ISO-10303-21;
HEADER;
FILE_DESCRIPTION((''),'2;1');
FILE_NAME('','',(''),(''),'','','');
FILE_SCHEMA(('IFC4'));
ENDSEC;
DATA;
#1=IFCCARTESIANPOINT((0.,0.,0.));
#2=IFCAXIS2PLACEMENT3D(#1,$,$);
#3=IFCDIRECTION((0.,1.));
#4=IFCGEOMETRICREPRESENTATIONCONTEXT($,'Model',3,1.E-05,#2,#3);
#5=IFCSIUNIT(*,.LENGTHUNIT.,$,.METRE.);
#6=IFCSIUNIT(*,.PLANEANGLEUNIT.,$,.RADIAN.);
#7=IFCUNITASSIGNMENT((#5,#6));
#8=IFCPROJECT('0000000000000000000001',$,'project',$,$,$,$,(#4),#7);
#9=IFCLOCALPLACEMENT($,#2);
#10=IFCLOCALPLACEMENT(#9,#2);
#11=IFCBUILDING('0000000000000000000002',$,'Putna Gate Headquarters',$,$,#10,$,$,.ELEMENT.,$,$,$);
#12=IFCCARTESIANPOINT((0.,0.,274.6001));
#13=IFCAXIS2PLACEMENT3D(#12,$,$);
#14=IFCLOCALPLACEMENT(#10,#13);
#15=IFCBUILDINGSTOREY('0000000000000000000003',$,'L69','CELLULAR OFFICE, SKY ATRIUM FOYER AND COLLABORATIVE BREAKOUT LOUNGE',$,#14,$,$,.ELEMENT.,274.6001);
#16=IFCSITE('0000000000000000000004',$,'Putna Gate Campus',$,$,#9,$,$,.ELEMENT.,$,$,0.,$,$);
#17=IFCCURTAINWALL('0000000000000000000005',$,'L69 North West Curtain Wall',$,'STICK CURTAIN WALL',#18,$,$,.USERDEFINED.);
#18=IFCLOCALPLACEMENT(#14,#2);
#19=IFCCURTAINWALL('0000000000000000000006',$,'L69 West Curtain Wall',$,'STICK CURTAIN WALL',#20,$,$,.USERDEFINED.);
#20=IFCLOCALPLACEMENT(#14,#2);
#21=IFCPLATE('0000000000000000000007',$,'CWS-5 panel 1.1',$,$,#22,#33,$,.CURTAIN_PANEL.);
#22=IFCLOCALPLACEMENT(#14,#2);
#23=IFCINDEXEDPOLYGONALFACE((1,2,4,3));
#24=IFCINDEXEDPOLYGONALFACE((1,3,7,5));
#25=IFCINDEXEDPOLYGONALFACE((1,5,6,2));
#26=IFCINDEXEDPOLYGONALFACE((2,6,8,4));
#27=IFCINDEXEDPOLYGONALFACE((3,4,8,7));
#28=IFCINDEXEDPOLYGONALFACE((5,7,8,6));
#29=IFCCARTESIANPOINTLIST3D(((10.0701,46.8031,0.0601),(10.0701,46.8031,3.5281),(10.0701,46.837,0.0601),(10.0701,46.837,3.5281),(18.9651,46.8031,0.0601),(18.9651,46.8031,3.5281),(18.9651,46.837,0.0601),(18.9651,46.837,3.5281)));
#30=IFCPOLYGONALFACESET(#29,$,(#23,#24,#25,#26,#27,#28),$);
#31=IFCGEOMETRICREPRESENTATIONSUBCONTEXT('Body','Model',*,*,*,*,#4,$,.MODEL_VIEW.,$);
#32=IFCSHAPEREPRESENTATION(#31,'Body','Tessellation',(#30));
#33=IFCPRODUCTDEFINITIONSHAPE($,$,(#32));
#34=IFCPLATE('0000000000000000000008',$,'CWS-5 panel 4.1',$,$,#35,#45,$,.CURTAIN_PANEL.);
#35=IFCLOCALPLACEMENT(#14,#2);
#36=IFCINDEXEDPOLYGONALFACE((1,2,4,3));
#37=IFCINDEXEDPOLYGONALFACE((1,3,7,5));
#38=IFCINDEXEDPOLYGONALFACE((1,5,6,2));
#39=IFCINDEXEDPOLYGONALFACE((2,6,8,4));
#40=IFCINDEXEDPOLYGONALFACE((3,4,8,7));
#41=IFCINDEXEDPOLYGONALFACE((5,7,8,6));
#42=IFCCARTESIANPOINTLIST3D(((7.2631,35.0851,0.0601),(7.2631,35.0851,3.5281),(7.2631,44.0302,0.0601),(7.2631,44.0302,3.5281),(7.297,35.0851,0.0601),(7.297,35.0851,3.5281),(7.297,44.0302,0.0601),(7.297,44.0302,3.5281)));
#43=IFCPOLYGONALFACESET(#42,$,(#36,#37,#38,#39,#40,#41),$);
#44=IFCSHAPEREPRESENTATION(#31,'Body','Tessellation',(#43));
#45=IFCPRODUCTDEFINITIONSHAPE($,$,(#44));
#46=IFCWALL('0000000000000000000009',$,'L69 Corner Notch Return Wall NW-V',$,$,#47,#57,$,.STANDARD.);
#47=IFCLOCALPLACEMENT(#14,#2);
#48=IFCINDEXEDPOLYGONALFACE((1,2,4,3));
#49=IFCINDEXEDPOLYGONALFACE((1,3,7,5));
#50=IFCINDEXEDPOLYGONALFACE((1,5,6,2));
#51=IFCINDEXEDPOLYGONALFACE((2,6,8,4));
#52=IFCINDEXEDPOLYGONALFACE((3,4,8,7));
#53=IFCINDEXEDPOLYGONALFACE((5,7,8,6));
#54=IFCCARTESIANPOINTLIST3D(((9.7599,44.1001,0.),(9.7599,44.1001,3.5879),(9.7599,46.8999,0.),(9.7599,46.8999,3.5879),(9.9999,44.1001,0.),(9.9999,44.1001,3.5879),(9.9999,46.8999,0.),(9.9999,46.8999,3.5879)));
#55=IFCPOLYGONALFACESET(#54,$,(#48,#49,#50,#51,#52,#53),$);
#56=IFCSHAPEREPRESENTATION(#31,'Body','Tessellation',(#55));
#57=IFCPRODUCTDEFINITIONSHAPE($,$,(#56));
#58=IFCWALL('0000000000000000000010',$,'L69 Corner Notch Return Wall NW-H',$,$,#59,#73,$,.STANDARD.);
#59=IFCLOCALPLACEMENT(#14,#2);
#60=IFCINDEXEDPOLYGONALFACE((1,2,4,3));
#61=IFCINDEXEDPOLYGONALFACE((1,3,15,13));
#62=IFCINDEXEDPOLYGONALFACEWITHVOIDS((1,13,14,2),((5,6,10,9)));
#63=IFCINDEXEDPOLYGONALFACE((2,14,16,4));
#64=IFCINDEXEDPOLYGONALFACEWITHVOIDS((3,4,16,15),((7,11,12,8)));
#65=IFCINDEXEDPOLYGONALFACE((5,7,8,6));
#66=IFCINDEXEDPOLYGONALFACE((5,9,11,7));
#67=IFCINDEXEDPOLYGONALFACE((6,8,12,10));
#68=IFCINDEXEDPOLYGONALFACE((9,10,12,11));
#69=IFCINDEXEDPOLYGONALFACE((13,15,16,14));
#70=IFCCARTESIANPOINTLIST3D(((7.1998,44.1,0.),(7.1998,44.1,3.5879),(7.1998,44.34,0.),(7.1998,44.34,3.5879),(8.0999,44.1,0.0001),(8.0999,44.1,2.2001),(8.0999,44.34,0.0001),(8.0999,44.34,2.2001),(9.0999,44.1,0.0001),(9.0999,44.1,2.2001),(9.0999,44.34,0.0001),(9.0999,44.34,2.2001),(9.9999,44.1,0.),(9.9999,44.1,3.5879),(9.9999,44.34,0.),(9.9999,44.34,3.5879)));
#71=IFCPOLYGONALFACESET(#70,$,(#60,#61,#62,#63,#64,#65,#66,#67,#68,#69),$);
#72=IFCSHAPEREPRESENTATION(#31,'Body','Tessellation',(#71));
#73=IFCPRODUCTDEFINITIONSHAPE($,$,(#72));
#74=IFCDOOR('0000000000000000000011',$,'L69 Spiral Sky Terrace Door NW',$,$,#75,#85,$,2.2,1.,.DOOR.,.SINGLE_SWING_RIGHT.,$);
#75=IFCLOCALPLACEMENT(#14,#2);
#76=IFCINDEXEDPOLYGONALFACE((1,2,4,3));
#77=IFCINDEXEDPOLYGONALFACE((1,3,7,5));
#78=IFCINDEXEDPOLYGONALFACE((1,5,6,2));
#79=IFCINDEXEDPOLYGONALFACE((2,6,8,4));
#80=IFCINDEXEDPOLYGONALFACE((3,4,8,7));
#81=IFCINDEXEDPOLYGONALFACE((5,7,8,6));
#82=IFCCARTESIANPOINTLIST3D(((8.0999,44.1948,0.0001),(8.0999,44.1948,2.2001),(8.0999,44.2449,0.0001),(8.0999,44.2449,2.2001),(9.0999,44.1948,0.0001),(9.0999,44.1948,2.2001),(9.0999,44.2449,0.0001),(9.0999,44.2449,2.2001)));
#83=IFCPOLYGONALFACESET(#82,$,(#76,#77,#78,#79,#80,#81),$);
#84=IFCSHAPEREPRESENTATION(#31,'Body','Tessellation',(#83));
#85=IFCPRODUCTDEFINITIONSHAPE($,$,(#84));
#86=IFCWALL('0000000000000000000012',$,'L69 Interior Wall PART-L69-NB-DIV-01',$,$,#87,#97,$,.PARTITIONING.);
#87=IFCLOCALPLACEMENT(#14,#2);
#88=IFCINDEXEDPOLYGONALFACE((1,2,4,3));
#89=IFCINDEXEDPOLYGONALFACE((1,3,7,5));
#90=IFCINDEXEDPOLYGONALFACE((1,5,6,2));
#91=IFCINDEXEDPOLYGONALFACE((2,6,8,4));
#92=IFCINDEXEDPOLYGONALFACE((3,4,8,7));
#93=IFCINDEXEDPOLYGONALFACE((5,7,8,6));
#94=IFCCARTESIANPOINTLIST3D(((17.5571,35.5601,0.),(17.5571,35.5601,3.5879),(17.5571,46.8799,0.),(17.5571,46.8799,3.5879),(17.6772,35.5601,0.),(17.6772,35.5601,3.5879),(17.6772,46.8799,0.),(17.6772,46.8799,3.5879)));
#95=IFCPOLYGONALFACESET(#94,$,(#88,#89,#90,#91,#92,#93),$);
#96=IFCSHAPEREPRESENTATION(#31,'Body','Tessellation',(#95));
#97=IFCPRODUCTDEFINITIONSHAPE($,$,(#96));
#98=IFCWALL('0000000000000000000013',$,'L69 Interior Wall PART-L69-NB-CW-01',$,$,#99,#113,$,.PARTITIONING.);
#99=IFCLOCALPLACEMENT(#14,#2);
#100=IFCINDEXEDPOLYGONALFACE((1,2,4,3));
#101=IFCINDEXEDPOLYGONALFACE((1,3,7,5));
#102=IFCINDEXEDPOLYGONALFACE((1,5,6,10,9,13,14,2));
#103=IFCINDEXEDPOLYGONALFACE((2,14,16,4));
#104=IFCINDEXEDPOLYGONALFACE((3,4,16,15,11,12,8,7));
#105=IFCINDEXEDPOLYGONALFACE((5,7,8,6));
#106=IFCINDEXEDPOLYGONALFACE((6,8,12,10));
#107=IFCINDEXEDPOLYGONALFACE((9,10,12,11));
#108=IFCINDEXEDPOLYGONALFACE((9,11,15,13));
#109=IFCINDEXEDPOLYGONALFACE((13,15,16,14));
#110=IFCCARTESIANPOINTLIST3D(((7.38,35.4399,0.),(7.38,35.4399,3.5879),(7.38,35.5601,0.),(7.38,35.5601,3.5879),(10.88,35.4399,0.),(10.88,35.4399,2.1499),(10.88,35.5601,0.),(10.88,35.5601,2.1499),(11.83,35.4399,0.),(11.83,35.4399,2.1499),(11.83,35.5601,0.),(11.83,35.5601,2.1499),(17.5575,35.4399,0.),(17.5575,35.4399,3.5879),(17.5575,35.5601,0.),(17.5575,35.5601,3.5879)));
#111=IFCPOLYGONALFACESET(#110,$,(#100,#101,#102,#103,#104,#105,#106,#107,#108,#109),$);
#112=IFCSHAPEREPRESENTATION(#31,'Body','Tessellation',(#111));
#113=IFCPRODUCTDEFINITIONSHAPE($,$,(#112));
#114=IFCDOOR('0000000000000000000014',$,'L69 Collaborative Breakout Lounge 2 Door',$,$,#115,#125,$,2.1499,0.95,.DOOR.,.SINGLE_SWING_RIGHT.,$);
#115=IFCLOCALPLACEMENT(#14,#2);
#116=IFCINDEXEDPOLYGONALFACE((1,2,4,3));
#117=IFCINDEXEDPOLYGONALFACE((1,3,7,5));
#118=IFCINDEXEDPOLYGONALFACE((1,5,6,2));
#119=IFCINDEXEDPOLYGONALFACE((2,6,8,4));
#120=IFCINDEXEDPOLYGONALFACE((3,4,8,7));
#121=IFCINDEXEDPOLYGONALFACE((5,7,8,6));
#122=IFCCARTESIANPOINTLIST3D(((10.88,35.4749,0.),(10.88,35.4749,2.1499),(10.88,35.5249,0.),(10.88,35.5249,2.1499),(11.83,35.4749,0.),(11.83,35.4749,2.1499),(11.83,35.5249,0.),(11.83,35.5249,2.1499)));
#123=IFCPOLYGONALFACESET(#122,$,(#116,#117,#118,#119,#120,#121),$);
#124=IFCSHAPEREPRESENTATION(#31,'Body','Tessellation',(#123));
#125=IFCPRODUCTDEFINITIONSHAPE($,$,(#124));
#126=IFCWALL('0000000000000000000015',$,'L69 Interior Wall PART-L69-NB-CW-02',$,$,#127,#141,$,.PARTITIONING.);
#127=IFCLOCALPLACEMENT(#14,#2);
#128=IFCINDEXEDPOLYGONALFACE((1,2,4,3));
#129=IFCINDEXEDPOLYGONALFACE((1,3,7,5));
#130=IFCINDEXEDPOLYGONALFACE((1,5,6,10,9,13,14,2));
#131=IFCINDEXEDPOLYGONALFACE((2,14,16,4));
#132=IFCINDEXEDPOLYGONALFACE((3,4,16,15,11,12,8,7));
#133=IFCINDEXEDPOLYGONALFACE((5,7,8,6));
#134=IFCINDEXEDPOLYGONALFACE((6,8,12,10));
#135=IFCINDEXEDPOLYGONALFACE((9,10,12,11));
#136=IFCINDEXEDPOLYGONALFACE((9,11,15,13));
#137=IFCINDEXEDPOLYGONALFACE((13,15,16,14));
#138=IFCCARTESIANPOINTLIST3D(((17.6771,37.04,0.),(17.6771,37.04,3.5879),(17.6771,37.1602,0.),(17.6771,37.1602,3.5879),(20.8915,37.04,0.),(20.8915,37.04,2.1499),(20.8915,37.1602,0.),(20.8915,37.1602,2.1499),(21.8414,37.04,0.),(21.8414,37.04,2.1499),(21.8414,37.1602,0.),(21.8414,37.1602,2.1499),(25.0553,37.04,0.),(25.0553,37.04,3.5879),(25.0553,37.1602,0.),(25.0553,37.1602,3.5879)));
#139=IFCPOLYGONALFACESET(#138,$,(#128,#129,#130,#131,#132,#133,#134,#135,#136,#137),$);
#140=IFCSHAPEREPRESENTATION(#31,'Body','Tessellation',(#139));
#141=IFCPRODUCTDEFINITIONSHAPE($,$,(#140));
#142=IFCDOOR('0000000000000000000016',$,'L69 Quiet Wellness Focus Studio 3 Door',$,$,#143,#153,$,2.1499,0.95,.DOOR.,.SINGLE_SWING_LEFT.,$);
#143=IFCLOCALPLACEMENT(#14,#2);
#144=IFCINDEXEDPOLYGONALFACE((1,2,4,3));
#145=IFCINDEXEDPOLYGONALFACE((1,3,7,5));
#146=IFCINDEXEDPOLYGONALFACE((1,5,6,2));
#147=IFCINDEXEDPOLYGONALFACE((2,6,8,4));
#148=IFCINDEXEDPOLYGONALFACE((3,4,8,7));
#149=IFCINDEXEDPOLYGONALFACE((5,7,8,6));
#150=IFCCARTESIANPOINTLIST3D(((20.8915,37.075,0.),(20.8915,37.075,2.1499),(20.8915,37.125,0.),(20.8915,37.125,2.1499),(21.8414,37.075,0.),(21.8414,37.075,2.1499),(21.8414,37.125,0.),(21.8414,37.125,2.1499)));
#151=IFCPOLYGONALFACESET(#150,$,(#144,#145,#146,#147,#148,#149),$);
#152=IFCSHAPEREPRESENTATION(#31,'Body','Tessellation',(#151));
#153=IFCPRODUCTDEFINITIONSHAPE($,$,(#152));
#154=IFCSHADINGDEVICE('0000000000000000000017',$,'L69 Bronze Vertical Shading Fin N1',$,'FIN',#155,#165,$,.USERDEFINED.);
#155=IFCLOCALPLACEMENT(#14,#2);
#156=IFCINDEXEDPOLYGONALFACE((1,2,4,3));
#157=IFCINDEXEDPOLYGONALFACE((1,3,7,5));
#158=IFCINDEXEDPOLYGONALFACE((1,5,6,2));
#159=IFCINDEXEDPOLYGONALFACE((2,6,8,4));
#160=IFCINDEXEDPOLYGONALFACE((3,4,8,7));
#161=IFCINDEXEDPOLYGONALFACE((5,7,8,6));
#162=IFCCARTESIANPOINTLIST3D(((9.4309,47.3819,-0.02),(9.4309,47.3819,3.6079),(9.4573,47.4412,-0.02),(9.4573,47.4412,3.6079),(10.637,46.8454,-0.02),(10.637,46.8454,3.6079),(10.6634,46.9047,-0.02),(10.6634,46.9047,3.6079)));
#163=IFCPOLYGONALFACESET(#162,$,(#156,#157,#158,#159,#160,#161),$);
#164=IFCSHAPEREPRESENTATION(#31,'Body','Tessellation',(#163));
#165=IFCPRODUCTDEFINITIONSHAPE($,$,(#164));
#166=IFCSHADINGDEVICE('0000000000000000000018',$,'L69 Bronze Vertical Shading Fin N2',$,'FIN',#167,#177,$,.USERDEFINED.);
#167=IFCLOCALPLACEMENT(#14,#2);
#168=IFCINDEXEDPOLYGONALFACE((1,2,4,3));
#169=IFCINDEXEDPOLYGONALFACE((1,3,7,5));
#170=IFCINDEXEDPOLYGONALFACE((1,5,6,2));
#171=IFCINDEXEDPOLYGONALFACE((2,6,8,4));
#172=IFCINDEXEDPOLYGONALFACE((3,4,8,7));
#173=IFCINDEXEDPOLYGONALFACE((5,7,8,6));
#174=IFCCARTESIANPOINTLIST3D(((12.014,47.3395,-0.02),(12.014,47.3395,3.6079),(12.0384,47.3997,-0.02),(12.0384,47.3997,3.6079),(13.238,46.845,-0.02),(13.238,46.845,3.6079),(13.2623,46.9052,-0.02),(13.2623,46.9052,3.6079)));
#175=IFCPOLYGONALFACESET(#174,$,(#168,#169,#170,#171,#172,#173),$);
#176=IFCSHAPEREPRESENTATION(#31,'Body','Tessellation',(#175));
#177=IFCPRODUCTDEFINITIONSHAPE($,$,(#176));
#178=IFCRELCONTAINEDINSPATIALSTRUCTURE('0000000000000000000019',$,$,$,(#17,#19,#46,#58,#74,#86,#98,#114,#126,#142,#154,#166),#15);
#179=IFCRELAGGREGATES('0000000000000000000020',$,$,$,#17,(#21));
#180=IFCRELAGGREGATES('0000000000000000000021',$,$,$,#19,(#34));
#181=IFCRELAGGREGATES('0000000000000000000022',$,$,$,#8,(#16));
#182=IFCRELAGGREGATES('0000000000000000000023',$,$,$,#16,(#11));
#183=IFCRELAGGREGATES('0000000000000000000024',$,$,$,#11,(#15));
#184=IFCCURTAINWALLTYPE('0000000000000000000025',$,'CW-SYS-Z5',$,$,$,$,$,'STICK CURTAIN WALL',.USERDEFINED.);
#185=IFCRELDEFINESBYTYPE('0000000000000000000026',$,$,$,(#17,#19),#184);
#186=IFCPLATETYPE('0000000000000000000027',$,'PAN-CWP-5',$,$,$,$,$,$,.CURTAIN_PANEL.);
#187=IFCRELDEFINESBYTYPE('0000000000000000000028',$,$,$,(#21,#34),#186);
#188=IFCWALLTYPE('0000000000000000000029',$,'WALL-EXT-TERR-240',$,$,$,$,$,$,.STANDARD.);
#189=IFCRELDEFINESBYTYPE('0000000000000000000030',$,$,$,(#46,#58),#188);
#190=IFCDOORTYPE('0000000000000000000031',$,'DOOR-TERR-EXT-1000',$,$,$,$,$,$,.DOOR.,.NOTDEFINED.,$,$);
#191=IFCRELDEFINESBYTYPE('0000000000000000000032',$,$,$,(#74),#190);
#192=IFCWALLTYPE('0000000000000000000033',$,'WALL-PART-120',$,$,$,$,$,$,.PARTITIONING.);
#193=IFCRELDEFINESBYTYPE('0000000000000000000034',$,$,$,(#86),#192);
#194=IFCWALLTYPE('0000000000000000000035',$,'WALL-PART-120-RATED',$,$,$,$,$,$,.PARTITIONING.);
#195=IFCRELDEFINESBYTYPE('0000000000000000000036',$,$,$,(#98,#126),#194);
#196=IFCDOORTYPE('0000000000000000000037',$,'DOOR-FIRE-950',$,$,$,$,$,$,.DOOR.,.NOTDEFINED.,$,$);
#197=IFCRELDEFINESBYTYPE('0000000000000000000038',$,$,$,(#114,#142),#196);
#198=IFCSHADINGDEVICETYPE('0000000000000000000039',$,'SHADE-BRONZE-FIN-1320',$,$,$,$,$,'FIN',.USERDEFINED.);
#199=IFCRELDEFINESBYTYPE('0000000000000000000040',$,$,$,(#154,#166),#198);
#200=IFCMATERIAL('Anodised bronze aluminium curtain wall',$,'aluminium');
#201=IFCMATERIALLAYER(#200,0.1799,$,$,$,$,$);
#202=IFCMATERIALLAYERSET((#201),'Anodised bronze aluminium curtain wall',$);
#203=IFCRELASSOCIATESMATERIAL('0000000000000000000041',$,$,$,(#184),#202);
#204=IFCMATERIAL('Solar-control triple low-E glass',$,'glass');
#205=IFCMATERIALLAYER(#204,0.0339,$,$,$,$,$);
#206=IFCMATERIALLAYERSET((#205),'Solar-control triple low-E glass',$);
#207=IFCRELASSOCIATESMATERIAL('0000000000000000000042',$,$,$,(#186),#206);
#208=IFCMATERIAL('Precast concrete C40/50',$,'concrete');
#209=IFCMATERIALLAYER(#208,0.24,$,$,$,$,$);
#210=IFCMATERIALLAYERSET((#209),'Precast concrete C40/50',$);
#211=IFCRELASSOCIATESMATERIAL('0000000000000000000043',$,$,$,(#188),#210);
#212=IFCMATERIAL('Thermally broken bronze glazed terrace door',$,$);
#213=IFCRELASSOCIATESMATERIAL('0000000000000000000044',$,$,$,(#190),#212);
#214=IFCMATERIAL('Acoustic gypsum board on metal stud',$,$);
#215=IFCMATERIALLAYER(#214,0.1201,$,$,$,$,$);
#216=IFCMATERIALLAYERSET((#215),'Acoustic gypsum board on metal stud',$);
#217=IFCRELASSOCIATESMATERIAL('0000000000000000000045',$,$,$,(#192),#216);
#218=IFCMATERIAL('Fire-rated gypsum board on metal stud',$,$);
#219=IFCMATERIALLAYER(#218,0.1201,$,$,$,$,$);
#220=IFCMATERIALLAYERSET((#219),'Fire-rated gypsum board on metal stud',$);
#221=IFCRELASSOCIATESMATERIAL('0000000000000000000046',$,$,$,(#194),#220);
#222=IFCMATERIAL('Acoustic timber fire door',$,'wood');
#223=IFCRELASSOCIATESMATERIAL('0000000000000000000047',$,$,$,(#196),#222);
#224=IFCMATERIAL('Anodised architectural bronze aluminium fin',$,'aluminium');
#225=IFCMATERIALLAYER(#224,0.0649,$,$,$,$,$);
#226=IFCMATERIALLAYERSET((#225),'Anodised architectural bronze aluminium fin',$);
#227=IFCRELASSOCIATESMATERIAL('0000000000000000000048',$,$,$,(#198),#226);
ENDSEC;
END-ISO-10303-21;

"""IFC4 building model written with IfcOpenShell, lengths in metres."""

from ifc_helpers import new_model, si_unit, direction, frame, frame_2d, origin, origin_2d, place, context, subcontext, project, spatial, rectangle, extrude, material, layer, layer_set, type_object, element, fill, aggregate, save


model = new_model("IFC4")

# Units and contexts
model_context = context("Model", 3, precision=1e-05, world=origin(), true_north=direction((0.0, 1.0)))
body_context = subcontext(model_context, "Body", "Model", "MODEL_VIEW")
ifc_project = project(units=[si_unit("LENGTHUNIT", "METRE"), si_unit("PLANEANGLEUNIT", "RADIAN")], contexts=[model_context])

# Site, building, storey
site_placement = place(None, origin())
site = spatial("IfcSite", under=ifc_project, at=site_placement, Name="Putna Gate Campus", CompositionType="ELEMENT", RefElevation=0.0)
building_placement = place(site_placement, origin())
building = spatial("IfcBuilding", under=site, at=building_placement, Name="Putna Gate Headquarters", CompositionType="ELEMENT")
storey_placement = place(building_placement, frame((0.0, 0.0, 274.6001)))
storey = spatial("IfcBuildingStorey", under=building, at=storey_placement, Name="L69", Description="CELLULAR OFFICE, SKY ATRIUM FOYER AND COLLABORATIVE BREAKOUT LOUNGE", CompositionType="ELEMENT", Elevation=274.6001)

# Curtain wall
ifc_material_1 = material(Name="Anodised bronze aluminium curtain wall", Category="aluminium")
ifc_layer_1 = layer(ifc_material_1, 0.1799)
ifc_layer_set_1 = layer_set([ifc_layer_1], Name="Anodised bronze aluminium curtain wall")
curtain_wall_type = type_object("IfcCurtainWallType", Name="CW-SYS-Z5", ElementType="STICK CURTAIN WALL", PredefinedType="USERDEFINED", material=ifc_layer_set_1)
curtain_wall_1_placement = place(storey_placement, origin())
curtain_wall_1 = element("IfcCurtainWall", 1, at=curtain_wall_1_placement, inside=storey, type_object=curtain_wall_type, Name="L69 North West Curtain Wall", ObjectType="STICK CURTAIN WALL", PredefinedType="USERDEFINED")

# Curtain wall
curtain_wall_2_placement = place(storey_placement, origin())
curtain_wall_2 = element("IfcCurtainWall", 2, at=curtain_wall_2_placement, inside=storey, type_object=curtain_wall_type, Name="L69 West Curtain Wall", ObjectType="STICK CURTAIN WALL", PredefinedType="USERDEFINED")

# Plates
ifc_material_2 = material(Name="Solar-control triple low-E glass", Category="glass")
ifc_layer_2 = layer(ifc_material_2, 0.0339)
ifc_layer_set_2 = layer_set([ifc_layer_2], Name="Solar-control triple low-E glass")
plate_type = type_object("IfcPlateType", Name="PAN-CWP-5", PredefinedType="CURTAIN_PANEL", material=ifc_layer_set_2)
plate_1_placement = place(storey_placement, frame((14.5176, 46.8201, 0.0601), z_axis=(0.0, 0.0, 1.0), x_axis=(1.0, 0.0, 0.0)))
plate_1 = element("IfcPlate", 3, at=plate_1_placement, type_object=plate_type, Name="CWS-5 panel 1.1", PredefinedType="CURTAIN_PANEL", context=body_context, shape_type="SweptSolid", body=[
    extrude(rectangle(XDim=8.895, YDim=0.0339, at=origin_2d()), origin(), (0.0, 0.0, 1.0), 3.468),
])
aggregate(curtain_wall_1, [plate_1])
plate_2_placement = place(storey_placement, frame((7.28, 39.5576, 0.0601), z_axis=(0.0, 0.0, 1.0), x_axis=(0.0, 1.0, 0.0)))
plate_2 = element("IfcPlate", 4, at=plate_2_placement, type_object=plate_type, Name="CWS-5 panel 4.1", PredefinedType="CURTAIN_PANEL", context=body_context, shape_type="SweptSolid", body=[
    extrude(rectangle(XDim=8.9451, YDim=0.0339, at=origin_2d()), origin(), (0.0, 0.0, 1.0), 3.468),
])
aggregate(curtain_wall_2, [plate_2])

# Wall
ifc_material_3 = material(Name="Precast concrete C40/50", Category="concrete")
ifc_layer_3 = layer(ifc_material_3, 0.24)
ifc_layer_set_3 = layer_set([ifc_layer_3], Name="Precast concrete C40/50")
wall_type_1 = type_object("IfcWallType", Name="WALL-EXT-TERR-240", PredefinedType="STANDARD", material=ifc_layer_set_3)
wall_1_placement = place(storey_placement, frame((9.8799, 44.1001, 0.0), z_axis=(0.0, 0.0, 1.0), x_axis=(0.0, 1.0, 0.0)))
element("IfcWall", 5, at=wall_1_placement, inside=storey, type_object=wall_type_1, Name="L69 Corner Notch Return Wall NW-V", PredefinedType="STANDARD", context=body_context, shape_type="SweptSolid", body=[
    extrude(rectangle(XDim=2.7998, YDim=0.24, at=frame_2d((1.3999, 0.0))), origin(), (0.0, 0.0, 1.0), 3.5879),
])

# Wall, opening, door
wall_2_placement = place(storey_placement, frame((7.2, 44.22, 0.0), z_axis=(0.0, 0.0, 1.0), x_axis=(1.0, 0.0, 0.0)))
wall_2 = element("IfcWall", 6, at=wall_2_placement, inside=storey, type_object=wall_type_1, Name="L69 Corner Notch Return Wall NW-H", PredefinedType="STANDARD", context=body_context, shape_type="SweptSolid", body=[
    extrude(rectangle(XDim=2.8, YDim=0.24, at=frame_2d((1.3999, 0.0))), origin(), (0.0, 0.0, 1.0), 3.5879),
])
opening_1_placement = place(wall_2_placement, frame((0.8999, 0.0, 0.0)))
opening_1 = element("IfcOpeningElement", 7, at=opening_1_placement, cuts=wall_2, PredefinedType="OPENING", context=body_context, shape_type="SweptSolid", body=[
    extrude(rectangle(XDim=1.0, YDim=2.2, at=frame_2d((0.5, 1.1001))), frame((0.0, 0.1299, 0.0), z_axis=(0.0, -1.0, 0.0), x_axis=(1.0, 0.0, 0.0)), (0.0, 0.0, 1.0), 0.26),
])
ifc_material_4 = material(Name="Thermally broken bronze glazed terrace door")
door_type_1 = type_object("IfcDoorType", Name="DOOR-TERR-EXT-1000", OperationType="NOTDEFINED", PredefinedType="DOOR", material=ifc_material_4)
door_1_placement = place(opening_1_placement, origin())
door_1 = element("IfcDoor", 8, at=door_1_placement, inside=storey, type_object=door_type_1, Name="L69 Spiral Sky Terrace Door NW", OperationType="SINGLE_SWING_RIGHT", OverallHeight=2.2, OverallWidth=1.0, PredefinedType="DOOR", context=body_context, shape_type="SweptSolid", body=[
    extrude(rectangle(XDim=1.0, YDim=2.2, at=frame_2d((0.5, 1.1001))), frame((0.0, 0.0249, 0.0), z_axis=(0.0, -1.0, 0.0), x_axis=(1.0, 0.0, 0.0)), (0.0, 0.0, 1.0), 0.05),
])
fill(opening_1, door_1)

# Wall
ifc_material_5 = material(Name="Acoustic gypsum board on metal stud")
ifc_layer_4 = layer(ifc_material_5, 0.1201)
ifc_layer_set_4 = layer_set([ifc_layer_4], Name="Acoustic gypsum board on metal stud")
wall_type_2 = type_object("IfcWallType", Name="WALL-PART-120", PredefinedType="PARTITIONING", material=ifc_layer_set_4)
wall_3_placement = place(storey_placement, frame((17.6172, 35.5601, 0.0), z_axis=(0.0, 0.0, 1.0), x_axis=(0.0, 1.0, 0.0)))
element("IfcWall", 9, at=wall_3_placement, inside=storey, type_object=wall_type_2, Name="L69 Interior Wall PART-L69-NB-DIV-01", PredefinedType="PARTITIONING", context=body_context, shape_type="SweptSolid", body=[
    extrude(rectangle(XDim=11.3198, YDim=0.1201, at=frame_2d((5.6599, 0.0))), origin(), (0.0, 0.0, 1.0), 3.5879),
])

# Walls, openings, doors
ifc_material_6 = material(Name="Fire-rated gypsum board on metal stud")
ifc_layer_5 = layer(ifc_material_6, 0.1201)
ifc_layer_set_5 = layer_set([ifc_layer_5], Name="Fire-rated gypsum board on metal stud")
wall_type_3 = type_object("IfcWallType", Name="WALL-PART-120-RATED", PredefinedType="PARTITIONING", material=ifc_layer_set_5)
wall_4_placement = place(storey_placement, frame((7.3799, 35.5, 0.0), z_axis=(0.0, 0.0, 1.0), x_axis=(1.0, 0.0, 0.0)))
wall_4 = element("IfcWall", 10, at=wall_4_placement, inside=storey, type_object=wall_type_3, Name="L69 Interior Wall PART-L69-NB-CW-01", PredefinedType="PARTITIONING", context=body_context, shape_type="SweptSolid", body=[
    extrude(rectangle(XDim=10.1775, YDim=0.1201, at=frame_2d((5.0889, 0.0))), origin(), (0.0, 0.0, 1.0), 3.5879),
])
opening_2_placement = place(wall_4_placement, frame((3.5, 0.0, 0.0)))
opening_2 = element("IfcOpeningElement", 11, at=opening_2_placement, cuts=wall_4, PredefinedType="OPENING", context=body_context, shape_type="SweptSolid", body=[
    extrude(rectangle(XDim=0.95, YDim=2.1499, at=frame_2d((0.4751, 1.075))), frame((0.0, 0.0701, 0.0), z_axis=(0.0, -1.0, 0.0), x_axis=(1.0, 0.0, 0.0)), (0.0, 0.0, 1.0), 0.1401),
])
ifc_material_7 = material(Name="Acoustic timber fire door", Category="wood")
door_type_2 = type_object("IfcDoorType", Name="DOOR-FIRE-950", OperationType="NOTDEFINED", PredefinedType="DOOR", material=ifc_material_7)
door_2_placement = place(opening_2_placement, origin())
door_2 = element("IfcDoor", 12, at=door_2_placement, inside=storey, type_object=door_type_2, Name="L69 Collaborative Breakout Lounge 2 Door", OperationType="SINGLE_SWING_RIGHT", OverallHeight=2.1499, OverallWidth=0.95, PredefinedType="DOOR", context=body_context, shape_type="SweptSolid", body=[
    extrude(rectangle(XDim=0.95, YDim=2.1499, at=frame_2d((0.4751, 1.075))), frame((0.0, 0.0249, 0.0), z_axis=(0.0, -1.0, 0.0), x_axis=(1.0, 0.0, 0.0)), (0.0, 0.0, 1.0), 0.05),
])
fill(opening_2, door_2)
wall_5_placement = place(storey_placement, frame((17.6772, 37.1001, 0.0), z_axis=(0.0, 0.0, 1.0), x_axis=(1.0, 0.0, 0.0)))
wall_5 = element("IfcWall", 13, at=wall_5_placement, inside=storey, type_object=wall_type_3, Name="L69 Interior Wall PART-L69-NB-CW-02", PredefinedType="PARTITIONING", context=body_context, shape_type="SweptSolid", body=[
    extrude(rectangle(XDim=7.3782, YDim=0.1201, at=frame_2d((3.689, 0.0))), origin(), (0.0, 0.0, 1.0), 3.5879),
])
opening_3_placement = place(wall_5_placement, frame((3.2141, 0.0, 0.0)))
opening_3 = element("IfcOpeningElement", 14, at=opening_3_placement, cuts=wall_5, PredefinedType="OPENING", context=body_context, shape_type="SweptSolid", body=[
    extrude(rectangle(XDim=0.95, YDim=2.1499, at=frame_2d((0.4751, 1.075))), frame((0.0, 0.0701, 0.0), z_axis=(0.0, -1.0, 0.0), x_axis=(1.0, 0.0, 0.0)), (0.0, 0.0, 1.0), 0.1401),
])
door_3_placement = place(opening_3_placement, origin())
door_3 = element("IfcDoor", 15, at=door_3_placement, inside=storey, type_object=door_type_2, Name="L69 Quiet Wellness Focus Studio 3 Door", OperationType="SINGLE_SWING_LEFT", OverallHeight=2.1499, OverallWidth=0.95, PredefinedType="DOOR", context=body_context, shape_type="SweptSolid", body=[
    extrude(rectangle(XDim=0.95, YDim=2.1499, at=frame_2d((0.4751, 1.075))), frame((0.0, 0.0249, 0.0), z_axis=(0.0, -1.0, 0.0), x_axis=(1.0, 0.0, 0.0)), (0.0, 0.0, 1.0), 0.05),
])
fill(opening_3, door_3)

# Shading devices
ifc_material_8 = material(Name="Anodised architectural bronze aluminium fin", Category="aluminium")
ifc_layer_6 = layer(ifc_material_8, 0.0649)
ifc_layer_set_6 = layer_set([ifc_layer_6], Name="Anodised architectural bronze aluminium fin")
shading_device_type = type_object("IfcShadingDeviceType", Name="SHADE-BRONZE-FIN-1320", ElementType="FIN", PredefinedType="USERDEFINED", material=ifc_layer_set_6)
for number, where, z_axis, x_axis, name in (
    (16, (10.0471, 47.1433, -0.02), (0.0, 0.0, 1.0), (-0.913687, 0.406418, 0.0), "L69 Bronze Vertical Shading Fin N1"),
    (17, (12.6382, 47.1223, -0.02), (0.0, 0.0, 1.0), (-0.927184, 0.374607, 0.0), "L69 Bronze Vertical Shading Fin N2"),
):
    element("IfcShadingDevice", number, at=place(storey_placement, frame(where, z_axis=z_axis, x_axis=x_axis)), inside=storey, type_object=shading_device_type, Name=name, ObjectType="FIN", PredefinedType="USERDEFINED", context=body_context, shape_type="SweptSolid", body=[
        extrude(rectangle(XDim=1.3201, YDim=0.0649, at=origin_2d()), origin(), (0.0, 0.0, 1.0), 3.6279),
    ])

save(model, "model.ifc")
